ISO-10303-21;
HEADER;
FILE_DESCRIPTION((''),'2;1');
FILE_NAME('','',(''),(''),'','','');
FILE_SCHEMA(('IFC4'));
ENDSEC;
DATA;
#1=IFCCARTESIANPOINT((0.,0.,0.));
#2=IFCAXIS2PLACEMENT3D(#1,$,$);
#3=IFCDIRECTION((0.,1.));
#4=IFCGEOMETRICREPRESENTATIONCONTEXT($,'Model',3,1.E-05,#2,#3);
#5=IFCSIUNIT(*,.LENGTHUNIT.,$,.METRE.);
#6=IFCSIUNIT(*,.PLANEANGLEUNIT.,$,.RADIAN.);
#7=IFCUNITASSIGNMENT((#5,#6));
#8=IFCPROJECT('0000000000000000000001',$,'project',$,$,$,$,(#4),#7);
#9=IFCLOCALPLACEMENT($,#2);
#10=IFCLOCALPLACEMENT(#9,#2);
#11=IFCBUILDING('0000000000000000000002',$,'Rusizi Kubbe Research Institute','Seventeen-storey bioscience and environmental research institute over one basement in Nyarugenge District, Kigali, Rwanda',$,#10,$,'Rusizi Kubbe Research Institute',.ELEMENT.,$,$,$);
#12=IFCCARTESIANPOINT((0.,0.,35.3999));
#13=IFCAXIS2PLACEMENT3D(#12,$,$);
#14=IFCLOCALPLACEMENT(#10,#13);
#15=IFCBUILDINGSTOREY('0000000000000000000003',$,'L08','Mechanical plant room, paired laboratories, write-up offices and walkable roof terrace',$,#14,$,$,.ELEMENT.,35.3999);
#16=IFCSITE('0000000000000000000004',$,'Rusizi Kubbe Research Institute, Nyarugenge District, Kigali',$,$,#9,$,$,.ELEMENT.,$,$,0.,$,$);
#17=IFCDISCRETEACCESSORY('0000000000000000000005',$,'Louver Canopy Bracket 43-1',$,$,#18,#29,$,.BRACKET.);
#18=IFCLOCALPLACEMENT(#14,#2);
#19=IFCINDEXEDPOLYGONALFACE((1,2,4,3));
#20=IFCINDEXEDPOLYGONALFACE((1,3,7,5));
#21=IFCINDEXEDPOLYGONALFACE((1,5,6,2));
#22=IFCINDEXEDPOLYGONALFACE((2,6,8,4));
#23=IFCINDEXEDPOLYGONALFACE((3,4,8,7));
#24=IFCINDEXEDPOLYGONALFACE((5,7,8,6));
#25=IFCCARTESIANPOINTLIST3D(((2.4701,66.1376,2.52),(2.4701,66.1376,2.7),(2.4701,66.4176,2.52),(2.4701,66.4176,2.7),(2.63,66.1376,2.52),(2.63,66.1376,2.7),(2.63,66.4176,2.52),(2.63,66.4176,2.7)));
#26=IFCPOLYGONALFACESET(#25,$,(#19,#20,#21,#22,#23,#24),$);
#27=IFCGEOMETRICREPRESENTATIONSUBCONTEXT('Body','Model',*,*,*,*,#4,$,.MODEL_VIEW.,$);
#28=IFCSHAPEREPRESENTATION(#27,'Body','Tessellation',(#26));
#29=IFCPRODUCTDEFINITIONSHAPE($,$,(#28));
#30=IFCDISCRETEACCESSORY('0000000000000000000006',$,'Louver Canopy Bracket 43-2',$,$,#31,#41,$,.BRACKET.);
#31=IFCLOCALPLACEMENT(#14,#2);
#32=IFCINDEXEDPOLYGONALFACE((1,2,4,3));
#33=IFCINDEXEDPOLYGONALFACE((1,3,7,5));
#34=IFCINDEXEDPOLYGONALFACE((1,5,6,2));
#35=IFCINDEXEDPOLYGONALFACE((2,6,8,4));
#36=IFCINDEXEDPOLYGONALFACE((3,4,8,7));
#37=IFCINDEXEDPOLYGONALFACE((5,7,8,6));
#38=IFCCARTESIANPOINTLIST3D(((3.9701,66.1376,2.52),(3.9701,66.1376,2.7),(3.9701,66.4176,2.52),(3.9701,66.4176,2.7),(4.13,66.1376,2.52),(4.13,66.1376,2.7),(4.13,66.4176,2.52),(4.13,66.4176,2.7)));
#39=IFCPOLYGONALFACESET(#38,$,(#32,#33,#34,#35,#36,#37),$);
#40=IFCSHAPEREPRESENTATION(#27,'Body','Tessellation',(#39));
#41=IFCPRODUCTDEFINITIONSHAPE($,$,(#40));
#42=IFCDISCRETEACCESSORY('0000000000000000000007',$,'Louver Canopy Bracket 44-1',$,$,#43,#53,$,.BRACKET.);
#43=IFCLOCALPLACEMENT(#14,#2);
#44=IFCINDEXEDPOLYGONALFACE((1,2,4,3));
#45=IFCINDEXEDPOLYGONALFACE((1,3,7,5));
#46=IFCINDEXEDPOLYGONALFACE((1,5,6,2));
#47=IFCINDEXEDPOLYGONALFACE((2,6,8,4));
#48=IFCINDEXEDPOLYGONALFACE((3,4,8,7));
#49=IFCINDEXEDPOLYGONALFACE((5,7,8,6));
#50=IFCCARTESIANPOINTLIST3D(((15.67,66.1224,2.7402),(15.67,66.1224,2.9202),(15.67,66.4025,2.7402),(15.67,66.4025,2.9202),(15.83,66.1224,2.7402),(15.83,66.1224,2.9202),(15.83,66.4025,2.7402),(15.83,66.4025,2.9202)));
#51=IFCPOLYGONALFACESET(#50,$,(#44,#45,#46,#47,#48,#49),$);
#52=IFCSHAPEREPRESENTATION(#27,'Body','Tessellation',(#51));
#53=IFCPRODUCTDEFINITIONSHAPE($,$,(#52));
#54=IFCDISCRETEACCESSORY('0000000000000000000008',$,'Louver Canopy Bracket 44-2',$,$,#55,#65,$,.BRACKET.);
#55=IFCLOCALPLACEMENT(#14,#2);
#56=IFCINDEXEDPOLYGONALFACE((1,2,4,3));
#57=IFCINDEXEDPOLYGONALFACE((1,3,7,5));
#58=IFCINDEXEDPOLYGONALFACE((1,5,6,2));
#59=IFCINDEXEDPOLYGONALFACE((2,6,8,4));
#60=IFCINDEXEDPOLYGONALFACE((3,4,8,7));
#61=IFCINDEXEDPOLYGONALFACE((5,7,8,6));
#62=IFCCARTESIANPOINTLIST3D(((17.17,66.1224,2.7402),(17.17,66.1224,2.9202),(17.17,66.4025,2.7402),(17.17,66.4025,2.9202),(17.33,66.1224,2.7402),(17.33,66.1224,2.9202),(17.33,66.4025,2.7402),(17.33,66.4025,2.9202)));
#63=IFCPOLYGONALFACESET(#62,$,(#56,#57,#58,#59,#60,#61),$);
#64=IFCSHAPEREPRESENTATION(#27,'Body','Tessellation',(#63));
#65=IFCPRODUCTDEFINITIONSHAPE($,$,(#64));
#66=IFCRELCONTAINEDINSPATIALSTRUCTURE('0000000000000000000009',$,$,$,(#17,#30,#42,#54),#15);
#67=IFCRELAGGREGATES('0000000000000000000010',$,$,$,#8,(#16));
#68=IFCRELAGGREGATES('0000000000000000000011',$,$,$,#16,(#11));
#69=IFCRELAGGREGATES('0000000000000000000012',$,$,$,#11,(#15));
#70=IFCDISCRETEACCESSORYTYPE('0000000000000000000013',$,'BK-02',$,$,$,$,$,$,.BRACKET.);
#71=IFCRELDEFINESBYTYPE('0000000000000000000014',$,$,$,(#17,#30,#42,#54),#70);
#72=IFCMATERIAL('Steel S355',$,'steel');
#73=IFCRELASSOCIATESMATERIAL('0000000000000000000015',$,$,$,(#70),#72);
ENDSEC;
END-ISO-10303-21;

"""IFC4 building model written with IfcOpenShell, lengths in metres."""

from ifc_helpers import new_model, si_unit, direction, frame, origin, origin_2d, place, context, subcontext, project, spatial, rectangle, extrude, material, type_object, element, save


model = new_model("IFC4")

# Units and contexts
model_context = context("Model", 3, precision=1e-05, world=origin(), true_north=direction((0.0, 1.0)))
body_context = subcontext(model_context, "Body", "Model", "MODEL_VIEW")
ifc_project = project(units=[si_unit("LENGTHUNIT", "METRE"), si_unit("PLANEANGLEUNIT", "RADIAN")], contexts=[model_context])

# Site, building, storey
site_placement = place(None, origin())
site = spatial("IfcSite", under=ifc_project, at=site_placement, Name="Rusizi Kubbe Research Institute, Nyarugenge District, Kigali", CompositionType="ELEMENT", RefElevation=0.0)
building_placement = place(site_placement, origin())
building = spatial("IfcBuilding", under=site, at=building_placement, Name="Rusizi Kubbe Research Institute", Description="Seventeen-storey bioscience and environmental research institute over one basement in Nyarugenge District, Kigali, Rwanda", LongName="Rusizi Kubbe Research Institute", CompositionType="ELEMENT")
storey_placement = place(building_placement, frame((0.0, 0.0, 35.3999)))
storey = spatial("IfcBuildingStorey", under=building, at=storey_placement, Name="L08", Description="Mechanical plant room, paired laboratories, write-up offices and walkable roof terrace", CompositionType="ELEMENT", Elevation=35.3999)

# Discrete accessories
ifc_material_1 = material(Name="Steel S355", Category="steel")
discrete_accessory_type = type_object("IfcDiscreteAccessoryType", Name="BK-02", PredefinedType="BRACKET", material=ifc_material_1)
for number, where, z_axis, x_axis, name in (
    (1, (2.55, 66.2776, 2.52), (0.0, 0.0, 1.0), (1.0, 0.0, 0.0), "Louver Canopy Bracket 43-1"),
    (2, (4.05, 66.2776, 2.52), (0.0, 0.0, 1.0), (1.0, 0.0, 0.0), "Louver Canopy Bracket 43-2"),
    (3, (15.75, 66.2625, 2.7402), (0.0, 0.0, 1.0), (1.0, 0.0, 0.0), "Louver Canopy Bracket 44-1"),
    (4, (17.25, 66.2625, 2.7402), (0.0, 0.0, 1.0), (1.0, 0.0, 0.0), "Louver Canopy Bracket 44-2"),
):
    element("IfcDiscreteAccessory", number, at=place(storey_placement, frame(where, z_axis=z_axis, x_axis=x_axis)), inside=storey, type_object=discrete_accessory_type, Name=name, PredefinedType="BRACKET", context=body_context, shape_type="SweptSolid", body=[
        extrude(rectangle(XDim=0.1599, YDim=0.28, at=origin_2d()), origin(), (0.0, 0.0, 1.0), 0.1799),
    ])

save(model, "model.ifc")
